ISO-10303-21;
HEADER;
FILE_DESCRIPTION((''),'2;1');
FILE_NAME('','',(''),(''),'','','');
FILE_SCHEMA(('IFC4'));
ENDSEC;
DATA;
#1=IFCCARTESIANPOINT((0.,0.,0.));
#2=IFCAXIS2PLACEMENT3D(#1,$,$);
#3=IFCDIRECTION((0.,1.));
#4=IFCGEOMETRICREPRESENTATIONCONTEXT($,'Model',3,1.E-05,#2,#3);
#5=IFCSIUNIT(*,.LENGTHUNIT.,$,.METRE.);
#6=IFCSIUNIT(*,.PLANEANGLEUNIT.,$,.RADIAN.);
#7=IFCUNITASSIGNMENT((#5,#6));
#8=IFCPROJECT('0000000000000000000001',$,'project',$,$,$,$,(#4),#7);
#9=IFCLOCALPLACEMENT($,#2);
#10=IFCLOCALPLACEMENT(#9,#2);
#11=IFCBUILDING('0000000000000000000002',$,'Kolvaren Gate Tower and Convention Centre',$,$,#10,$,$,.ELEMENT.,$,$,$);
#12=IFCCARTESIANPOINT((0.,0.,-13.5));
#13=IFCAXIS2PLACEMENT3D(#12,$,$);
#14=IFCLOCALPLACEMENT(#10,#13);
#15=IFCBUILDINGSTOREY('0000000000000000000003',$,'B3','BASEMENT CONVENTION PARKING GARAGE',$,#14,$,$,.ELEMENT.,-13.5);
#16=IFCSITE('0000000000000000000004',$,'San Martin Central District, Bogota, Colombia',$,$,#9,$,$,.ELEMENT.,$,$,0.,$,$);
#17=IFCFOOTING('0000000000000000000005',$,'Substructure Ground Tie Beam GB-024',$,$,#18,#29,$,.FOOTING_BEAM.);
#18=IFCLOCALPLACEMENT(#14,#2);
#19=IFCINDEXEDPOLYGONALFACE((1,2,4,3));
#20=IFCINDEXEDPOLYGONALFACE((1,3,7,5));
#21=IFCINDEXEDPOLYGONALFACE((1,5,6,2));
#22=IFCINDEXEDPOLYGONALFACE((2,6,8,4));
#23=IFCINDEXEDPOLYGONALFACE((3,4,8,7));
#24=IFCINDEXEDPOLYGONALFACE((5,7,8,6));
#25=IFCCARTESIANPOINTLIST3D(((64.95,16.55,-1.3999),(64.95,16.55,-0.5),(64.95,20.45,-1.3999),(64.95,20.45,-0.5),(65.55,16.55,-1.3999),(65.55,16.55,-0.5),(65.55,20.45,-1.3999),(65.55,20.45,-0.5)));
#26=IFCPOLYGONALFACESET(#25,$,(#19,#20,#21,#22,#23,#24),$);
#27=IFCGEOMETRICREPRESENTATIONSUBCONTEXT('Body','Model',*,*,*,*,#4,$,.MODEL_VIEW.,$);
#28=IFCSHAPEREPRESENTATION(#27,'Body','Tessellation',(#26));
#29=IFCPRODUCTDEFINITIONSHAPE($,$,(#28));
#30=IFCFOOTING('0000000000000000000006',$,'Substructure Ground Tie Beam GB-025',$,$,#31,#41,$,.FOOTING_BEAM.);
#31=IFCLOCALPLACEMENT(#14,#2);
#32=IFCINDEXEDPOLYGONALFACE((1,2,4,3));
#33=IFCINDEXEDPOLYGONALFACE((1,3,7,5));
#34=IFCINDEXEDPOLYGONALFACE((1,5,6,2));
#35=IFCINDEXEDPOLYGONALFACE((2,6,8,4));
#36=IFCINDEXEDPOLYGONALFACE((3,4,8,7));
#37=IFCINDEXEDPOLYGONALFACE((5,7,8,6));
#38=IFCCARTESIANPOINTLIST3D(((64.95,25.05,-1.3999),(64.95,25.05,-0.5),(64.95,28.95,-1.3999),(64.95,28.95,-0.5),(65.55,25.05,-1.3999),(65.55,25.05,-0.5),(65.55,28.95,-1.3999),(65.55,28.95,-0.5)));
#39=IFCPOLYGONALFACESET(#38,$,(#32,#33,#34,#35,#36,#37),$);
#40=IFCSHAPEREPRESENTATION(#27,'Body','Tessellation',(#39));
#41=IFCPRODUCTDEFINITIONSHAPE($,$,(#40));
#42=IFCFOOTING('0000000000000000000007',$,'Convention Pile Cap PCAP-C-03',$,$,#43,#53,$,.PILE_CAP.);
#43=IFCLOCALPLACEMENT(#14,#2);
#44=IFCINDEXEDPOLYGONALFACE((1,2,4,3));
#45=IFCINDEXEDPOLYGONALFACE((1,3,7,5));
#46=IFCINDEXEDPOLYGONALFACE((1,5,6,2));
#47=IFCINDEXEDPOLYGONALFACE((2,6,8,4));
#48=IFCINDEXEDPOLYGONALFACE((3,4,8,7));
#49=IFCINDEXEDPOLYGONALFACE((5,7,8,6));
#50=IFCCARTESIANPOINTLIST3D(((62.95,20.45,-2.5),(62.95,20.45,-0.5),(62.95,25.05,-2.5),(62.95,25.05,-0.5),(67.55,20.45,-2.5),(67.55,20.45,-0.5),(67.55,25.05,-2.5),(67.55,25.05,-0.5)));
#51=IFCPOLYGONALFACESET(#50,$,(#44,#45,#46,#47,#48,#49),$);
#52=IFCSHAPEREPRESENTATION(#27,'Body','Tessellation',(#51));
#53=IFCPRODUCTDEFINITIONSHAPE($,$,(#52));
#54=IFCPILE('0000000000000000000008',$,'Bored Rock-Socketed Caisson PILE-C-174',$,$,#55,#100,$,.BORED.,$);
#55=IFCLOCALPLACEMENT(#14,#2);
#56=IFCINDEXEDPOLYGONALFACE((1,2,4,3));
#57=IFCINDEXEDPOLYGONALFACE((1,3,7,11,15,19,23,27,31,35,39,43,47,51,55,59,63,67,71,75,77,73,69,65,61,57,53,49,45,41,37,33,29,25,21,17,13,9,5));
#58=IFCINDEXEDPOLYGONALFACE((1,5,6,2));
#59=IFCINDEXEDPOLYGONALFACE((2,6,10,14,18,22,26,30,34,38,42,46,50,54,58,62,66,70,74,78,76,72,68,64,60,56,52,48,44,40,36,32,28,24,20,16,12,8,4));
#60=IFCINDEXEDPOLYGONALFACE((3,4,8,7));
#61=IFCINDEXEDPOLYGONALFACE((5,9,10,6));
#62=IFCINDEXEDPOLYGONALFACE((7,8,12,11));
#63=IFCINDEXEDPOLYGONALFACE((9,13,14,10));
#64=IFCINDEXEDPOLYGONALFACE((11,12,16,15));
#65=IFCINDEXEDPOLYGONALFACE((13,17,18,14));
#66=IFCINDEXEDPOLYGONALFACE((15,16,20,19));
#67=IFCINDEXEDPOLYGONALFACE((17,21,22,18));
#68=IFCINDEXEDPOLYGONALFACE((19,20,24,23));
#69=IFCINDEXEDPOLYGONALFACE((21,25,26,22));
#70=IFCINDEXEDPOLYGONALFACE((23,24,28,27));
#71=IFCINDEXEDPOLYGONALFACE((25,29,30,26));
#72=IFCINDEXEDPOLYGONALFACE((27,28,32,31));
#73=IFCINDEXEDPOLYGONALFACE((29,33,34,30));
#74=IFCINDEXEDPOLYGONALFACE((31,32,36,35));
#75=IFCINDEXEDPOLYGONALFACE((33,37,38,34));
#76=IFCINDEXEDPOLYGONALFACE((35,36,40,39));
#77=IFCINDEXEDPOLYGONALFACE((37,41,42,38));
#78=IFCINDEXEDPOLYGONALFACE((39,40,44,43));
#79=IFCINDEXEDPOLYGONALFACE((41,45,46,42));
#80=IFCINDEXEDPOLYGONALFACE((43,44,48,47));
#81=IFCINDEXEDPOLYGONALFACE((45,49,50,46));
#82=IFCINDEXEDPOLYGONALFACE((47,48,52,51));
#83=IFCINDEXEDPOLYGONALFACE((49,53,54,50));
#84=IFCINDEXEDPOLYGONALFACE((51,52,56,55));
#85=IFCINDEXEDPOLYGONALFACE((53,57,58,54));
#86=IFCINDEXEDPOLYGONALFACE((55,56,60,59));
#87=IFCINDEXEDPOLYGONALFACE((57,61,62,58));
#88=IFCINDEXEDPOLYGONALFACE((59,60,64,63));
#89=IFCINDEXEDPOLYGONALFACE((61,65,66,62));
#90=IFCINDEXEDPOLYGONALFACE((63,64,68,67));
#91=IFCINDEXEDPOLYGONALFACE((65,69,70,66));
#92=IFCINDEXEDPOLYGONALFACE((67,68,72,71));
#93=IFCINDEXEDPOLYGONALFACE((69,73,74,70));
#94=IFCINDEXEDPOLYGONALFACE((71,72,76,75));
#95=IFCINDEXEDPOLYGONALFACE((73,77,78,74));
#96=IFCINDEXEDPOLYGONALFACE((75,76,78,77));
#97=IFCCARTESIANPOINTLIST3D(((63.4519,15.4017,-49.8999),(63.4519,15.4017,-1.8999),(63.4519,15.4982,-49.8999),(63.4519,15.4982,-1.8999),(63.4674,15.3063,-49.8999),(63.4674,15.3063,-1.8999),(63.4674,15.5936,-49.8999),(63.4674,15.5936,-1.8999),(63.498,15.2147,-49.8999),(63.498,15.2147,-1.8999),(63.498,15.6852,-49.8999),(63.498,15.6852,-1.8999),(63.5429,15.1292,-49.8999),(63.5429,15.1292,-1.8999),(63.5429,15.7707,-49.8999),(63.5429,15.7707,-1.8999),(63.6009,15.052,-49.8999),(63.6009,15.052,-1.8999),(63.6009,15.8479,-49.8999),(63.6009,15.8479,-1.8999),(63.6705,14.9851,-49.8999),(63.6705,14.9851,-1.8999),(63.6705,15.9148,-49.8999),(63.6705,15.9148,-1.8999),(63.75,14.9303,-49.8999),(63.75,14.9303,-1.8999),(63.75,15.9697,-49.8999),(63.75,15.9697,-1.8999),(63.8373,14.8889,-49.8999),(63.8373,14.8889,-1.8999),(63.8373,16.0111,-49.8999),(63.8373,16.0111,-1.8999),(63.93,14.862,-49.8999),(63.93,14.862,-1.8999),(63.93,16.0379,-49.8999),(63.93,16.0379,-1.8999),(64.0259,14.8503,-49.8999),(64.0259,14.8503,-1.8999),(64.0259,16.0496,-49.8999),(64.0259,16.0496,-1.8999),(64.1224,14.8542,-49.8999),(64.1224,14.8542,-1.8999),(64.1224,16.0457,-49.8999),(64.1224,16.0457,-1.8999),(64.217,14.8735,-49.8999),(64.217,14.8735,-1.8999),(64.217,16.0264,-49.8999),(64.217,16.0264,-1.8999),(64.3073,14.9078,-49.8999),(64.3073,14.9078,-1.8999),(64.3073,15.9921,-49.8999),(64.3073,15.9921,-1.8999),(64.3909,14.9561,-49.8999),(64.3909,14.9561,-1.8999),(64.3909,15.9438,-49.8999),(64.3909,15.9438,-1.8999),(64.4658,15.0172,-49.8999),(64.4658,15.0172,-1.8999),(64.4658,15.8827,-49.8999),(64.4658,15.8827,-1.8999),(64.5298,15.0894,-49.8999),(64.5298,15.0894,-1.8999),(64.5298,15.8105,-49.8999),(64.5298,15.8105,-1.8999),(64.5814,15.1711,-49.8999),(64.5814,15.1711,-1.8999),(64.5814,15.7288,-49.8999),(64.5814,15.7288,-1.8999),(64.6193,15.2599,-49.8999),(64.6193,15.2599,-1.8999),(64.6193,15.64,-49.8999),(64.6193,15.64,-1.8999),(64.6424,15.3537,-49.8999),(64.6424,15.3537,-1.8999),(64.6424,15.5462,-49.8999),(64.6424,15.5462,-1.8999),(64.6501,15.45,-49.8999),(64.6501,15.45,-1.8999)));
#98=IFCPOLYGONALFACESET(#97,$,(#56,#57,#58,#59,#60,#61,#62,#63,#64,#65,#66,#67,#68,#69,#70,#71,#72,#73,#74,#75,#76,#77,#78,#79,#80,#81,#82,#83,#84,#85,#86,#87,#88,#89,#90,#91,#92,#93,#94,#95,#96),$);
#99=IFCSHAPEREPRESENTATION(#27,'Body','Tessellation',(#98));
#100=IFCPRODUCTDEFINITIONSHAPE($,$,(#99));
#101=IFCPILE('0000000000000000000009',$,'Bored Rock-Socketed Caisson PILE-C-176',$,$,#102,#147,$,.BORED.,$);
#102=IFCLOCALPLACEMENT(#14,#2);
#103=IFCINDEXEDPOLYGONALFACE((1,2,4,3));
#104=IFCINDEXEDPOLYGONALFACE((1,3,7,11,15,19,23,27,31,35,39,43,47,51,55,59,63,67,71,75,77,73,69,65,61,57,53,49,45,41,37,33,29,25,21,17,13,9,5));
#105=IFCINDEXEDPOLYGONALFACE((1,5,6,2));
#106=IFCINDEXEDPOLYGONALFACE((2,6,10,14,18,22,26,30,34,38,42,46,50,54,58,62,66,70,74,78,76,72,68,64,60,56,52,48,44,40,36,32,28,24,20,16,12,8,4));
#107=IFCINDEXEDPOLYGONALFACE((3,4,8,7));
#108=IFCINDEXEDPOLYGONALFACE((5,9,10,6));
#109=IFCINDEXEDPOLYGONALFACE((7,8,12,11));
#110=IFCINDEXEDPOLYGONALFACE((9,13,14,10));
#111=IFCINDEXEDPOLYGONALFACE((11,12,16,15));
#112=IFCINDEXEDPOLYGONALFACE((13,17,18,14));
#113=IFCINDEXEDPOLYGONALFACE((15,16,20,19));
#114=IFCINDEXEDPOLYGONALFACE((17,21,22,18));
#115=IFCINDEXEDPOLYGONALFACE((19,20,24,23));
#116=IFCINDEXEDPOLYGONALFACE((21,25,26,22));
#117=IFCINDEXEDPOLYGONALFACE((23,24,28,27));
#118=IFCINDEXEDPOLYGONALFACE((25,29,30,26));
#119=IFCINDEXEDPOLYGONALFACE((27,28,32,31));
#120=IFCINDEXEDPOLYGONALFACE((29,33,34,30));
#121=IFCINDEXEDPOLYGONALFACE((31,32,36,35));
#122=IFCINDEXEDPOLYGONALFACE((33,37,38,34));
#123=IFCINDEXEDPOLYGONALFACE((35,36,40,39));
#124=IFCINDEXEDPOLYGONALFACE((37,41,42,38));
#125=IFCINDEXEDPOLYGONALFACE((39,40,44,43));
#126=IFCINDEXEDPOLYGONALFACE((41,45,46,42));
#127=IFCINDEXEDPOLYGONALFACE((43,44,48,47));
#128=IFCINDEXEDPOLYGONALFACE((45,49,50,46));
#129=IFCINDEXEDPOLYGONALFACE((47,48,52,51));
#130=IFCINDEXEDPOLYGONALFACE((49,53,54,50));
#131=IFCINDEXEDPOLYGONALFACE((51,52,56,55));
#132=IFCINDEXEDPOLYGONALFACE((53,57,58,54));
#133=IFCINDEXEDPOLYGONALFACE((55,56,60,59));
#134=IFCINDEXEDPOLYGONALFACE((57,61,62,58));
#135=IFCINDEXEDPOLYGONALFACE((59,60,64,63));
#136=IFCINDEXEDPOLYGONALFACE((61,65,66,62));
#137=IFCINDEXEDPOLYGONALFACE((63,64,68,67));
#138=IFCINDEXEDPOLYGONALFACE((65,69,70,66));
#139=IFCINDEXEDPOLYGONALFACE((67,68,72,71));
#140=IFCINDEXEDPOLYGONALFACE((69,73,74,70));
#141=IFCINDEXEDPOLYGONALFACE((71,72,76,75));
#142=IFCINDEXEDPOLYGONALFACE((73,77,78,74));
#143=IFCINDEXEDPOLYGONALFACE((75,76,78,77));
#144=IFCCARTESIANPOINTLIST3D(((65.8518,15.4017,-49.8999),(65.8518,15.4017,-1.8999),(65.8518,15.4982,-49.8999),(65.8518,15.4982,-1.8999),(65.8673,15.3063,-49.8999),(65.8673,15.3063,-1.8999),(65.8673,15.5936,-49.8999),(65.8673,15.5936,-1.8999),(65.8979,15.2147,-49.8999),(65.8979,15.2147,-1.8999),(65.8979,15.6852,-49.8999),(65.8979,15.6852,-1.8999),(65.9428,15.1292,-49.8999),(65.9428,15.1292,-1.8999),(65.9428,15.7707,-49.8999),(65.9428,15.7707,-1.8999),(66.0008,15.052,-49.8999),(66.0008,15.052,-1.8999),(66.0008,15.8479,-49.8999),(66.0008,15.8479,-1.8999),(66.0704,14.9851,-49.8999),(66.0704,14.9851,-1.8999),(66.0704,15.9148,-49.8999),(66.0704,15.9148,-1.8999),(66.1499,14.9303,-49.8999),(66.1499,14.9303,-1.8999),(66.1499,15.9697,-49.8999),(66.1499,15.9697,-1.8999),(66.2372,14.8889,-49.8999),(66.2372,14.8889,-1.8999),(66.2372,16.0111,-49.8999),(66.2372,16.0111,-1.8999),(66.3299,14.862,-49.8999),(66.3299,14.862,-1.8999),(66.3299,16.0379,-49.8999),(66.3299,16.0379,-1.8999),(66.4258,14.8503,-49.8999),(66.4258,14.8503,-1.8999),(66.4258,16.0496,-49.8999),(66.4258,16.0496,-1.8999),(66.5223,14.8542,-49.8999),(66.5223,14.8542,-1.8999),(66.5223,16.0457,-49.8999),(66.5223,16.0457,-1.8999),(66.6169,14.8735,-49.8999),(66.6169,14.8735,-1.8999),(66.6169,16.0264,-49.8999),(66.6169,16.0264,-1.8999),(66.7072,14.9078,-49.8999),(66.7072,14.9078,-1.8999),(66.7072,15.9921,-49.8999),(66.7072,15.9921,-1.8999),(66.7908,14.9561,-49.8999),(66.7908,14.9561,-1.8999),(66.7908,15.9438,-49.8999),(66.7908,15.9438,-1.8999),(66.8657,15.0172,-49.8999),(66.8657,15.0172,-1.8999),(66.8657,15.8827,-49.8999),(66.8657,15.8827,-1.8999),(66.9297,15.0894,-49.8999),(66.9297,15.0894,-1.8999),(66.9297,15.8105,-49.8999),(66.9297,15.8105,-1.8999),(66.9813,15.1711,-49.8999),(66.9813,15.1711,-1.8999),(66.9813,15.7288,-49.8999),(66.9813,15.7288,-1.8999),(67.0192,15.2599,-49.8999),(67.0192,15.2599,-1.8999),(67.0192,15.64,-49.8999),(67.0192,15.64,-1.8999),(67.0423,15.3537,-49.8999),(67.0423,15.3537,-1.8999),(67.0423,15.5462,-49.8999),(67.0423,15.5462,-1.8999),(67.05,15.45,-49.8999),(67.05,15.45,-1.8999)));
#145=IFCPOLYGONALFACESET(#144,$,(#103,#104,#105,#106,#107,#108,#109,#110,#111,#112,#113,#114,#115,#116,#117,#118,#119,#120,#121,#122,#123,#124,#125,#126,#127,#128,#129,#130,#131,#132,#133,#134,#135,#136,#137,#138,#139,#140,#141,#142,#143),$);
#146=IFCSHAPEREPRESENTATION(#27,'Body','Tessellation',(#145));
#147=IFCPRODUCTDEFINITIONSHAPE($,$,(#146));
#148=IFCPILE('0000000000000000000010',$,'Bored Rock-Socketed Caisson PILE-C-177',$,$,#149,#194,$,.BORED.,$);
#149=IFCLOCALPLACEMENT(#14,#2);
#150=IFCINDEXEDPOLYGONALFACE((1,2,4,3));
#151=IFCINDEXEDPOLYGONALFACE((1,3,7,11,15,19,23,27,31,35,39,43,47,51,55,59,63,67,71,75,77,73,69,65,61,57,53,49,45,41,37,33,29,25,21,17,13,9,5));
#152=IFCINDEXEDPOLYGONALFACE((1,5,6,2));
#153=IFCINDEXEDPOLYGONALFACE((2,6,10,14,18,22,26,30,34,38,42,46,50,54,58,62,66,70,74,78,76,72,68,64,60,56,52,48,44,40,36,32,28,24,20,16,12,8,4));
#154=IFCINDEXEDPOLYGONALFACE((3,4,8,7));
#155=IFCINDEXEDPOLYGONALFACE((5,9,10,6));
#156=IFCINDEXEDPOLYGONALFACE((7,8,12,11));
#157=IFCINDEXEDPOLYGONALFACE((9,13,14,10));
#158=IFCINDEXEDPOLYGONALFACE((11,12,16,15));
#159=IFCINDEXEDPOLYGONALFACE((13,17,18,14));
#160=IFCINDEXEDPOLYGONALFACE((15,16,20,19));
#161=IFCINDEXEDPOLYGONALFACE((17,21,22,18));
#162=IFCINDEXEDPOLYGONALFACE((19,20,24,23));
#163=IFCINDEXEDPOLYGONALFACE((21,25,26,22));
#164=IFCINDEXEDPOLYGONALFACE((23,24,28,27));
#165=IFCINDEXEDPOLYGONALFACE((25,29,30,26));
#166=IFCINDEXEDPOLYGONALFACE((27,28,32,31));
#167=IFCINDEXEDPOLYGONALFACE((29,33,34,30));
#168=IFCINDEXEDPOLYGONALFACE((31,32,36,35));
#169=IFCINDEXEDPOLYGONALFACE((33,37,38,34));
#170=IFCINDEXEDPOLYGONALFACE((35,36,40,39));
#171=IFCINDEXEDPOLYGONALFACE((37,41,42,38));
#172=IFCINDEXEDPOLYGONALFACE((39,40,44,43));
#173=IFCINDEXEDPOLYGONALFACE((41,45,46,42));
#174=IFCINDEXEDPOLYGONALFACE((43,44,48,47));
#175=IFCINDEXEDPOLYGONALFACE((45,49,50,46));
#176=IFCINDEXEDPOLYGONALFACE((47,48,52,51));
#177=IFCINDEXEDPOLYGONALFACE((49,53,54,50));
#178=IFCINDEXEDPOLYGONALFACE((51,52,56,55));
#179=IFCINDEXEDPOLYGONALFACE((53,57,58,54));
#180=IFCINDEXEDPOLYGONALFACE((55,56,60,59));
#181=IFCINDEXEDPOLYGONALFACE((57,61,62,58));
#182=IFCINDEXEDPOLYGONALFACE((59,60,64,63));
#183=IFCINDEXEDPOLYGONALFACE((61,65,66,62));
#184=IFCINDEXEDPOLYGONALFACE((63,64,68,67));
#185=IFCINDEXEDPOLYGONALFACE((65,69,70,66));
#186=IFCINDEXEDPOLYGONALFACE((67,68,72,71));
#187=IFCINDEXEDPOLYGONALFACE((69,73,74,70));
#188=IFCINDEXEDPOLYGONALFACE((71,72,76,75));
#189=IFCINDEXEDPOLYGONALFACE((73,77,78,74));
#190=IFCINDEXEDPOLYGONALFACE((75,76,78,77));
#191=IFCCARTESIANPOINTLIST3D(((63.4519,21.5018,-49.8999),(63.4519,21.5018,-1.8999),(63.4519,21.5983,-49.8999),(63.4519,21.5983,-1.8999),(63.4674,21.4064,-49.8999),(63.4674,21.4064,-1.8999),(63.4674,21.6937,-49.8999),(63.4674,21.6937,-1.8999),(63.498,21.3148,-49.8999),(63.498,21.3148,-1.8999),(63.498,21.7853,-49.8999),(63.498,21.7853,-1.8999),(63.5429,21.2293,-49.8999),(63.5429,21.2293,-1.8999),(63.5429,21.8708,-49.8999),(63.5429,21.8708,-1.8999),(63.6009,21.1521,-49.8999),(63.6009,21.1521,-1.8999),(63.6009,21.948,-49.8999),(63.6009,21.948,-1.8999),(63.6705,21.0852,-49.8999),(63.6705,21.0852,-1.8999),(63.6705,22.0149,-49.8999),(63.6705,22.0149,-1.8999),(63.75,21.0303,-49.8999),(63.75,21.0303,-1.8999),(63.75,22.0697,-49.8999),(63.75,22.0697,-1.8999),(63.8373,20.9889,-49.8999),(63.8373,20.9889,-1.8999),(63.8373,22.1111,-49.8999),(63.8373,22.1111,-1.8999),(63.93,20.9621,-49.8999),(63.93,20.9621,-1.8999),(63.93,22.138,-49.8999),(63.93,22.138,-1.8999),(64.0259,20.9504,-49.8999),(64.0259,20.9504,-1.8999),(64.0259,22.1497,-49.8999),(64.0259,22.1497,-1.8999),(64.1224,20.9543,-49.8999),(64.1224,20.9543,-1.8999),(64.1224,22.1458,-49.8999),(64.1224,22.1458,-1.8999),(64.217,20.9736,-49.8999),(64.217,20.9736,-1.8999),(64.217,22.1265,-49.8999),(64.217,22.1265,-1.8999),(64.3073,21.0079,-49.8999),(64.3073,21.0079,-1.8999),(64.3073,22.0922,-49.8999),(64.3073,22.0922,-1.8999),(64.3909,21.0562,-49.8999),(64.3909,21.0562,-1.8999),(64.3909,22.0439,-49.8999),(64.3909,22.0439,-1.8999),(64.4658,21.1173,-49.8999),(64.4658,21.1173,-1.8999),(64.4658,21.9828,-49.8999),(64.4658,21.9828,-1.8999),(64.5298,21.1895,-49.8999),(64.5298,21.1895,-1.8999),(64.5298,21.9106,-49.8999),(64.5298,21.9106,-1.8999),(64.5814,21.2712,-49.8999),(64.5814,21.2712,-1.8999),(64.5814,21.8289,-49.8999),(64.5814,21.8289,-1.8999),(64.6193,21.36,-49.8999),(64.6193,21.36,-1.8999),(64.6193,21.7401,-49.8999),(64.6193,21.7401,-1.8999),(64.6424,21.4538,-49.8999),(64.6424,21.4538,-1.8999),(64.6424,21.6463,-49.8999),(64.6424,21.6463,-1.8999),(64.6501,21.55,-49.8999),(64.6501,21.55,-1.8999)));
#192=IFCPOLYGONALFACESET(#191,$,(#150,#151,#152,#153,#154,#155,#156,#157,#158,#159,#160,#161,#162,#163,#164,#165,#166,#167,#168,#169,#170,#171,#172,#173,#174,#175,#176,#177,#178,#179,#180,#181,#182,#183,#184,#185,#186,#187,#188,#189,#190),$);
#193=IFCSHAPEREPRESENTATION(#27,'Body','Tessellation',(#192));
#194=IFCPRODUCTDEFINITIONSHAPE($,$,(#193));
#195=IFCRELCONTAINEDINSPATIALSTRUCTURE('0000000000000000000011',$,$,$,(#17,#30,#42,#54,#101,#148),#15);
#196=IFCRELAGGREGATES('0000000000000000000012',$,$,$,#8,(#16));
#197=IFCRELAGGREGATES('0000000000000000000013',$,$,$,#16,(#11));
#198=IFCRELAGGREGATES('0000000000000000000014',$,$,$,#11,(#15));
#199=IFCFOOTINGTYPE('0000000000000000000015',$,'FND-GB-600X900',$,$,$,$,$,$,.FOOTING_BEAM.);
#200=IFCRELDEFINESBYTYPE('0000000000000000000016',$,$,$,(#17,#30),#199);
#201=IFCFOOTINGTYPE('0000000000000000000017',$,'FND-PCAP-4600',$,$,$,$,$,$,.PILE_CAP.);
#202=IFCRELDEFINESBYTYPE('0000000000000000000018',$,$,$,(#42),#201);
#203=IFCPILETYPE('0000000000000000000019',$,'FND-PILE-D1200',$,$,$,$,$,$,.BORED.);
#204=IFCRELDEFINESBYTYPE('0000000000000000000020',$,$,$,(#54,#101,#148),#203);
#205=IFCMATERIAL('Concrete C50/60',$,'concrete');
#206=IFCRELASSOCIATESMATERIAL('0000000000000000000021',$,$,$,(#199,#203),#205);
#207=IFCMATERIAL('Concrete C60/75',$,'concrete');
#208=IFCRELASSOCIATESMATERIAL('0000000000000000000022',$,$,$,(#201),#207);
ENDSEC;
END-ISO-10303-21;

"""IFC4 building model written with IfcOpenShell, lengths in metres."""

from ifc_helpers import new_model, si_unit, direction, frame, origin, origin_2d, place, context, subcontext, project, spatial, rectangle, circle, extrude, material, material_profile, profile_set, type_object, element, save


model = new_model("IFC4")

# Units and contexts
model_context = context("Model", 3, precision=1e-05, world=origin(), true_north=direction((0.0, 1.0)))
body_context = subcontext(model_context, "Body", "Model", "MODEL_VIEW")
ifc_project = project(units=[si_unit("LENGTHUNIT", "METRE"), si_unit("PLANEANGLEUNIT", "RADIAN")], contexts=[model_context])

# Site, building, storey
site_placement = place(None, origin())
site = spatial("IfcSite", under=ifc_project, at=site_placement, Name="San Martin Central District, Bogota, Colombia", CompositionType="ELEMENT", RefElevation=0.0)
building_placement = place(site_placement, origin())
building = spatial("IfcBuilding", under=site, at=building_placement, Name="Kolvaren Gate Tower and Convention Centre", CompositionType="ELEMENT")
storey_placement = place(building_placement, frame((0.0, 0.0, -13.5)))
storey = spatial("IfcBuildingStorey", under=building, at=storey_placement, Name="B3", Description="BASEMENT CONVENTION PARKING GARAGE", CompositionType="ELEMENT", Elevation=-13.5)

# Footings
ifc_material_1 = material(Name="Concrete C50/60", Category="concrete")
ifc_material_profile_1 = material_profile(ifc_material_1, rectangle(XDim=0.6001, YDim=0.8999, at=origin_2d()), Name="RC-BM-600X900")
ifc_profile_set_1 = profile_set([ifc_material_profile_1], Name="Concrete C50/60")
footing_type_1 = type_object("IfcFootingType", Name="FND-GB-600X900", PredefinedType="FOOTING_BEAM", material=ifc_profile_set_1)
for number, where, z_axis, x_axis, name in (
    (1, (65.25, 16.55, -0.95), (0.0, 1.0, 0.0), (-1.0, 0.0, 0.0), "Substructure Ground Tie Beam GB-024"),
    (2, (65.25, 25.05, -0.95), (0.0, 1.0, 0.0), (-1.0, 0.0, 0.0), "Substructure Ground Tie Beam GB-025"),
):
    element("IfcFooting", number, at=place(storey_placement, frame(where, z_axis=z_axis, x_axis=x_axis)), inside=storey, type_object=footing_type_1, Name=name, PredefinedType="FOOTING_BEAM", context=body_context, shape_type="SweptSolid", body=[
        extrude(rectangle(XDim=0.6001, YDim=0.8999, at=origin_2d()), origin(), (0.0, 0.0, 1.0), 3.8999),
    ])
ifc_material_2 = material(Name="Concrete C60/75", Category="concrete")
footing_type_2 = type_object("IfcFootingType", Name="FND-PCAP-4600", PredefinedType="PILE_CAP", material=ifc_material_2)
footing_placement = place(storey_placement, frame((65.25, 22.75, -2.5), z_axis=(0.0, 0.0, 1.0), x_axis=(1.0, 0.0, 0.0)))
element("IfcFooting", 3, at=footing_placement, inside=storey, type_object=footing_type_2, Name="Convention Pile Cap PCAP-C-03", PredefinedType="PILE_CAP", context=body_context, shape_type="SweptSolid", body=[
    extrude(rectangle(XDim=4.6001, YDim=4.6001, at=origin_2d()), origin(), (0.0, 0.0, 1.0), 2.0),
])

# Piles
ifc_material_profile_2 = material_profile(ifc_material_1, circle(Radius=0.6001, at=origin_2d()), Name="CAISSON-D1200")
ifc_profile_set_2 = profile_set([ifc_material_profile_2], Name="Concrete C50/60")
pile_type = type_object("IfcPileType", Name="FND-PILE-D1200", PredefinedType="BORED", material=ifc_profile_set_2)
for number, where, z_axis, x_axis, name in (
    (4, (64.05, 15.45, -1.8999), (0.0, 0.0, -1.0), (1.0, 0.0, 0.0), "Bored Rock-Socketed Caisson PILE-C-174"),
    (5, (66.45, 15.45, -1.8999), (0.0, 0.0, -1.0), (1.0, 0.0, 0.0), "Bored Rock-Socketed Caisson PILE-C-176"),
    (6, (64.05, 21.55, -1.8999), (0.0, 0.0, -1.0), (1.0, 0.0, 0.0), "Bored Rock-Socketed Caisson PILE-C-177"),
):
    element("IfcPile", number, at=place(storey_placement, frame(where, z_axis=z_axis, x_axis=x_axis)), inside=storey, type_object=pile_type, Name=name, PredefinedType="BORED", context=body_context, shape_type="SweptSolid", body=[
        extrude(circle(Radius=0.6001, at=origin_2d()), origin(), (0.0, 0.0, 1.0), 48.0),
    ])

save(model, "model.ifc")
